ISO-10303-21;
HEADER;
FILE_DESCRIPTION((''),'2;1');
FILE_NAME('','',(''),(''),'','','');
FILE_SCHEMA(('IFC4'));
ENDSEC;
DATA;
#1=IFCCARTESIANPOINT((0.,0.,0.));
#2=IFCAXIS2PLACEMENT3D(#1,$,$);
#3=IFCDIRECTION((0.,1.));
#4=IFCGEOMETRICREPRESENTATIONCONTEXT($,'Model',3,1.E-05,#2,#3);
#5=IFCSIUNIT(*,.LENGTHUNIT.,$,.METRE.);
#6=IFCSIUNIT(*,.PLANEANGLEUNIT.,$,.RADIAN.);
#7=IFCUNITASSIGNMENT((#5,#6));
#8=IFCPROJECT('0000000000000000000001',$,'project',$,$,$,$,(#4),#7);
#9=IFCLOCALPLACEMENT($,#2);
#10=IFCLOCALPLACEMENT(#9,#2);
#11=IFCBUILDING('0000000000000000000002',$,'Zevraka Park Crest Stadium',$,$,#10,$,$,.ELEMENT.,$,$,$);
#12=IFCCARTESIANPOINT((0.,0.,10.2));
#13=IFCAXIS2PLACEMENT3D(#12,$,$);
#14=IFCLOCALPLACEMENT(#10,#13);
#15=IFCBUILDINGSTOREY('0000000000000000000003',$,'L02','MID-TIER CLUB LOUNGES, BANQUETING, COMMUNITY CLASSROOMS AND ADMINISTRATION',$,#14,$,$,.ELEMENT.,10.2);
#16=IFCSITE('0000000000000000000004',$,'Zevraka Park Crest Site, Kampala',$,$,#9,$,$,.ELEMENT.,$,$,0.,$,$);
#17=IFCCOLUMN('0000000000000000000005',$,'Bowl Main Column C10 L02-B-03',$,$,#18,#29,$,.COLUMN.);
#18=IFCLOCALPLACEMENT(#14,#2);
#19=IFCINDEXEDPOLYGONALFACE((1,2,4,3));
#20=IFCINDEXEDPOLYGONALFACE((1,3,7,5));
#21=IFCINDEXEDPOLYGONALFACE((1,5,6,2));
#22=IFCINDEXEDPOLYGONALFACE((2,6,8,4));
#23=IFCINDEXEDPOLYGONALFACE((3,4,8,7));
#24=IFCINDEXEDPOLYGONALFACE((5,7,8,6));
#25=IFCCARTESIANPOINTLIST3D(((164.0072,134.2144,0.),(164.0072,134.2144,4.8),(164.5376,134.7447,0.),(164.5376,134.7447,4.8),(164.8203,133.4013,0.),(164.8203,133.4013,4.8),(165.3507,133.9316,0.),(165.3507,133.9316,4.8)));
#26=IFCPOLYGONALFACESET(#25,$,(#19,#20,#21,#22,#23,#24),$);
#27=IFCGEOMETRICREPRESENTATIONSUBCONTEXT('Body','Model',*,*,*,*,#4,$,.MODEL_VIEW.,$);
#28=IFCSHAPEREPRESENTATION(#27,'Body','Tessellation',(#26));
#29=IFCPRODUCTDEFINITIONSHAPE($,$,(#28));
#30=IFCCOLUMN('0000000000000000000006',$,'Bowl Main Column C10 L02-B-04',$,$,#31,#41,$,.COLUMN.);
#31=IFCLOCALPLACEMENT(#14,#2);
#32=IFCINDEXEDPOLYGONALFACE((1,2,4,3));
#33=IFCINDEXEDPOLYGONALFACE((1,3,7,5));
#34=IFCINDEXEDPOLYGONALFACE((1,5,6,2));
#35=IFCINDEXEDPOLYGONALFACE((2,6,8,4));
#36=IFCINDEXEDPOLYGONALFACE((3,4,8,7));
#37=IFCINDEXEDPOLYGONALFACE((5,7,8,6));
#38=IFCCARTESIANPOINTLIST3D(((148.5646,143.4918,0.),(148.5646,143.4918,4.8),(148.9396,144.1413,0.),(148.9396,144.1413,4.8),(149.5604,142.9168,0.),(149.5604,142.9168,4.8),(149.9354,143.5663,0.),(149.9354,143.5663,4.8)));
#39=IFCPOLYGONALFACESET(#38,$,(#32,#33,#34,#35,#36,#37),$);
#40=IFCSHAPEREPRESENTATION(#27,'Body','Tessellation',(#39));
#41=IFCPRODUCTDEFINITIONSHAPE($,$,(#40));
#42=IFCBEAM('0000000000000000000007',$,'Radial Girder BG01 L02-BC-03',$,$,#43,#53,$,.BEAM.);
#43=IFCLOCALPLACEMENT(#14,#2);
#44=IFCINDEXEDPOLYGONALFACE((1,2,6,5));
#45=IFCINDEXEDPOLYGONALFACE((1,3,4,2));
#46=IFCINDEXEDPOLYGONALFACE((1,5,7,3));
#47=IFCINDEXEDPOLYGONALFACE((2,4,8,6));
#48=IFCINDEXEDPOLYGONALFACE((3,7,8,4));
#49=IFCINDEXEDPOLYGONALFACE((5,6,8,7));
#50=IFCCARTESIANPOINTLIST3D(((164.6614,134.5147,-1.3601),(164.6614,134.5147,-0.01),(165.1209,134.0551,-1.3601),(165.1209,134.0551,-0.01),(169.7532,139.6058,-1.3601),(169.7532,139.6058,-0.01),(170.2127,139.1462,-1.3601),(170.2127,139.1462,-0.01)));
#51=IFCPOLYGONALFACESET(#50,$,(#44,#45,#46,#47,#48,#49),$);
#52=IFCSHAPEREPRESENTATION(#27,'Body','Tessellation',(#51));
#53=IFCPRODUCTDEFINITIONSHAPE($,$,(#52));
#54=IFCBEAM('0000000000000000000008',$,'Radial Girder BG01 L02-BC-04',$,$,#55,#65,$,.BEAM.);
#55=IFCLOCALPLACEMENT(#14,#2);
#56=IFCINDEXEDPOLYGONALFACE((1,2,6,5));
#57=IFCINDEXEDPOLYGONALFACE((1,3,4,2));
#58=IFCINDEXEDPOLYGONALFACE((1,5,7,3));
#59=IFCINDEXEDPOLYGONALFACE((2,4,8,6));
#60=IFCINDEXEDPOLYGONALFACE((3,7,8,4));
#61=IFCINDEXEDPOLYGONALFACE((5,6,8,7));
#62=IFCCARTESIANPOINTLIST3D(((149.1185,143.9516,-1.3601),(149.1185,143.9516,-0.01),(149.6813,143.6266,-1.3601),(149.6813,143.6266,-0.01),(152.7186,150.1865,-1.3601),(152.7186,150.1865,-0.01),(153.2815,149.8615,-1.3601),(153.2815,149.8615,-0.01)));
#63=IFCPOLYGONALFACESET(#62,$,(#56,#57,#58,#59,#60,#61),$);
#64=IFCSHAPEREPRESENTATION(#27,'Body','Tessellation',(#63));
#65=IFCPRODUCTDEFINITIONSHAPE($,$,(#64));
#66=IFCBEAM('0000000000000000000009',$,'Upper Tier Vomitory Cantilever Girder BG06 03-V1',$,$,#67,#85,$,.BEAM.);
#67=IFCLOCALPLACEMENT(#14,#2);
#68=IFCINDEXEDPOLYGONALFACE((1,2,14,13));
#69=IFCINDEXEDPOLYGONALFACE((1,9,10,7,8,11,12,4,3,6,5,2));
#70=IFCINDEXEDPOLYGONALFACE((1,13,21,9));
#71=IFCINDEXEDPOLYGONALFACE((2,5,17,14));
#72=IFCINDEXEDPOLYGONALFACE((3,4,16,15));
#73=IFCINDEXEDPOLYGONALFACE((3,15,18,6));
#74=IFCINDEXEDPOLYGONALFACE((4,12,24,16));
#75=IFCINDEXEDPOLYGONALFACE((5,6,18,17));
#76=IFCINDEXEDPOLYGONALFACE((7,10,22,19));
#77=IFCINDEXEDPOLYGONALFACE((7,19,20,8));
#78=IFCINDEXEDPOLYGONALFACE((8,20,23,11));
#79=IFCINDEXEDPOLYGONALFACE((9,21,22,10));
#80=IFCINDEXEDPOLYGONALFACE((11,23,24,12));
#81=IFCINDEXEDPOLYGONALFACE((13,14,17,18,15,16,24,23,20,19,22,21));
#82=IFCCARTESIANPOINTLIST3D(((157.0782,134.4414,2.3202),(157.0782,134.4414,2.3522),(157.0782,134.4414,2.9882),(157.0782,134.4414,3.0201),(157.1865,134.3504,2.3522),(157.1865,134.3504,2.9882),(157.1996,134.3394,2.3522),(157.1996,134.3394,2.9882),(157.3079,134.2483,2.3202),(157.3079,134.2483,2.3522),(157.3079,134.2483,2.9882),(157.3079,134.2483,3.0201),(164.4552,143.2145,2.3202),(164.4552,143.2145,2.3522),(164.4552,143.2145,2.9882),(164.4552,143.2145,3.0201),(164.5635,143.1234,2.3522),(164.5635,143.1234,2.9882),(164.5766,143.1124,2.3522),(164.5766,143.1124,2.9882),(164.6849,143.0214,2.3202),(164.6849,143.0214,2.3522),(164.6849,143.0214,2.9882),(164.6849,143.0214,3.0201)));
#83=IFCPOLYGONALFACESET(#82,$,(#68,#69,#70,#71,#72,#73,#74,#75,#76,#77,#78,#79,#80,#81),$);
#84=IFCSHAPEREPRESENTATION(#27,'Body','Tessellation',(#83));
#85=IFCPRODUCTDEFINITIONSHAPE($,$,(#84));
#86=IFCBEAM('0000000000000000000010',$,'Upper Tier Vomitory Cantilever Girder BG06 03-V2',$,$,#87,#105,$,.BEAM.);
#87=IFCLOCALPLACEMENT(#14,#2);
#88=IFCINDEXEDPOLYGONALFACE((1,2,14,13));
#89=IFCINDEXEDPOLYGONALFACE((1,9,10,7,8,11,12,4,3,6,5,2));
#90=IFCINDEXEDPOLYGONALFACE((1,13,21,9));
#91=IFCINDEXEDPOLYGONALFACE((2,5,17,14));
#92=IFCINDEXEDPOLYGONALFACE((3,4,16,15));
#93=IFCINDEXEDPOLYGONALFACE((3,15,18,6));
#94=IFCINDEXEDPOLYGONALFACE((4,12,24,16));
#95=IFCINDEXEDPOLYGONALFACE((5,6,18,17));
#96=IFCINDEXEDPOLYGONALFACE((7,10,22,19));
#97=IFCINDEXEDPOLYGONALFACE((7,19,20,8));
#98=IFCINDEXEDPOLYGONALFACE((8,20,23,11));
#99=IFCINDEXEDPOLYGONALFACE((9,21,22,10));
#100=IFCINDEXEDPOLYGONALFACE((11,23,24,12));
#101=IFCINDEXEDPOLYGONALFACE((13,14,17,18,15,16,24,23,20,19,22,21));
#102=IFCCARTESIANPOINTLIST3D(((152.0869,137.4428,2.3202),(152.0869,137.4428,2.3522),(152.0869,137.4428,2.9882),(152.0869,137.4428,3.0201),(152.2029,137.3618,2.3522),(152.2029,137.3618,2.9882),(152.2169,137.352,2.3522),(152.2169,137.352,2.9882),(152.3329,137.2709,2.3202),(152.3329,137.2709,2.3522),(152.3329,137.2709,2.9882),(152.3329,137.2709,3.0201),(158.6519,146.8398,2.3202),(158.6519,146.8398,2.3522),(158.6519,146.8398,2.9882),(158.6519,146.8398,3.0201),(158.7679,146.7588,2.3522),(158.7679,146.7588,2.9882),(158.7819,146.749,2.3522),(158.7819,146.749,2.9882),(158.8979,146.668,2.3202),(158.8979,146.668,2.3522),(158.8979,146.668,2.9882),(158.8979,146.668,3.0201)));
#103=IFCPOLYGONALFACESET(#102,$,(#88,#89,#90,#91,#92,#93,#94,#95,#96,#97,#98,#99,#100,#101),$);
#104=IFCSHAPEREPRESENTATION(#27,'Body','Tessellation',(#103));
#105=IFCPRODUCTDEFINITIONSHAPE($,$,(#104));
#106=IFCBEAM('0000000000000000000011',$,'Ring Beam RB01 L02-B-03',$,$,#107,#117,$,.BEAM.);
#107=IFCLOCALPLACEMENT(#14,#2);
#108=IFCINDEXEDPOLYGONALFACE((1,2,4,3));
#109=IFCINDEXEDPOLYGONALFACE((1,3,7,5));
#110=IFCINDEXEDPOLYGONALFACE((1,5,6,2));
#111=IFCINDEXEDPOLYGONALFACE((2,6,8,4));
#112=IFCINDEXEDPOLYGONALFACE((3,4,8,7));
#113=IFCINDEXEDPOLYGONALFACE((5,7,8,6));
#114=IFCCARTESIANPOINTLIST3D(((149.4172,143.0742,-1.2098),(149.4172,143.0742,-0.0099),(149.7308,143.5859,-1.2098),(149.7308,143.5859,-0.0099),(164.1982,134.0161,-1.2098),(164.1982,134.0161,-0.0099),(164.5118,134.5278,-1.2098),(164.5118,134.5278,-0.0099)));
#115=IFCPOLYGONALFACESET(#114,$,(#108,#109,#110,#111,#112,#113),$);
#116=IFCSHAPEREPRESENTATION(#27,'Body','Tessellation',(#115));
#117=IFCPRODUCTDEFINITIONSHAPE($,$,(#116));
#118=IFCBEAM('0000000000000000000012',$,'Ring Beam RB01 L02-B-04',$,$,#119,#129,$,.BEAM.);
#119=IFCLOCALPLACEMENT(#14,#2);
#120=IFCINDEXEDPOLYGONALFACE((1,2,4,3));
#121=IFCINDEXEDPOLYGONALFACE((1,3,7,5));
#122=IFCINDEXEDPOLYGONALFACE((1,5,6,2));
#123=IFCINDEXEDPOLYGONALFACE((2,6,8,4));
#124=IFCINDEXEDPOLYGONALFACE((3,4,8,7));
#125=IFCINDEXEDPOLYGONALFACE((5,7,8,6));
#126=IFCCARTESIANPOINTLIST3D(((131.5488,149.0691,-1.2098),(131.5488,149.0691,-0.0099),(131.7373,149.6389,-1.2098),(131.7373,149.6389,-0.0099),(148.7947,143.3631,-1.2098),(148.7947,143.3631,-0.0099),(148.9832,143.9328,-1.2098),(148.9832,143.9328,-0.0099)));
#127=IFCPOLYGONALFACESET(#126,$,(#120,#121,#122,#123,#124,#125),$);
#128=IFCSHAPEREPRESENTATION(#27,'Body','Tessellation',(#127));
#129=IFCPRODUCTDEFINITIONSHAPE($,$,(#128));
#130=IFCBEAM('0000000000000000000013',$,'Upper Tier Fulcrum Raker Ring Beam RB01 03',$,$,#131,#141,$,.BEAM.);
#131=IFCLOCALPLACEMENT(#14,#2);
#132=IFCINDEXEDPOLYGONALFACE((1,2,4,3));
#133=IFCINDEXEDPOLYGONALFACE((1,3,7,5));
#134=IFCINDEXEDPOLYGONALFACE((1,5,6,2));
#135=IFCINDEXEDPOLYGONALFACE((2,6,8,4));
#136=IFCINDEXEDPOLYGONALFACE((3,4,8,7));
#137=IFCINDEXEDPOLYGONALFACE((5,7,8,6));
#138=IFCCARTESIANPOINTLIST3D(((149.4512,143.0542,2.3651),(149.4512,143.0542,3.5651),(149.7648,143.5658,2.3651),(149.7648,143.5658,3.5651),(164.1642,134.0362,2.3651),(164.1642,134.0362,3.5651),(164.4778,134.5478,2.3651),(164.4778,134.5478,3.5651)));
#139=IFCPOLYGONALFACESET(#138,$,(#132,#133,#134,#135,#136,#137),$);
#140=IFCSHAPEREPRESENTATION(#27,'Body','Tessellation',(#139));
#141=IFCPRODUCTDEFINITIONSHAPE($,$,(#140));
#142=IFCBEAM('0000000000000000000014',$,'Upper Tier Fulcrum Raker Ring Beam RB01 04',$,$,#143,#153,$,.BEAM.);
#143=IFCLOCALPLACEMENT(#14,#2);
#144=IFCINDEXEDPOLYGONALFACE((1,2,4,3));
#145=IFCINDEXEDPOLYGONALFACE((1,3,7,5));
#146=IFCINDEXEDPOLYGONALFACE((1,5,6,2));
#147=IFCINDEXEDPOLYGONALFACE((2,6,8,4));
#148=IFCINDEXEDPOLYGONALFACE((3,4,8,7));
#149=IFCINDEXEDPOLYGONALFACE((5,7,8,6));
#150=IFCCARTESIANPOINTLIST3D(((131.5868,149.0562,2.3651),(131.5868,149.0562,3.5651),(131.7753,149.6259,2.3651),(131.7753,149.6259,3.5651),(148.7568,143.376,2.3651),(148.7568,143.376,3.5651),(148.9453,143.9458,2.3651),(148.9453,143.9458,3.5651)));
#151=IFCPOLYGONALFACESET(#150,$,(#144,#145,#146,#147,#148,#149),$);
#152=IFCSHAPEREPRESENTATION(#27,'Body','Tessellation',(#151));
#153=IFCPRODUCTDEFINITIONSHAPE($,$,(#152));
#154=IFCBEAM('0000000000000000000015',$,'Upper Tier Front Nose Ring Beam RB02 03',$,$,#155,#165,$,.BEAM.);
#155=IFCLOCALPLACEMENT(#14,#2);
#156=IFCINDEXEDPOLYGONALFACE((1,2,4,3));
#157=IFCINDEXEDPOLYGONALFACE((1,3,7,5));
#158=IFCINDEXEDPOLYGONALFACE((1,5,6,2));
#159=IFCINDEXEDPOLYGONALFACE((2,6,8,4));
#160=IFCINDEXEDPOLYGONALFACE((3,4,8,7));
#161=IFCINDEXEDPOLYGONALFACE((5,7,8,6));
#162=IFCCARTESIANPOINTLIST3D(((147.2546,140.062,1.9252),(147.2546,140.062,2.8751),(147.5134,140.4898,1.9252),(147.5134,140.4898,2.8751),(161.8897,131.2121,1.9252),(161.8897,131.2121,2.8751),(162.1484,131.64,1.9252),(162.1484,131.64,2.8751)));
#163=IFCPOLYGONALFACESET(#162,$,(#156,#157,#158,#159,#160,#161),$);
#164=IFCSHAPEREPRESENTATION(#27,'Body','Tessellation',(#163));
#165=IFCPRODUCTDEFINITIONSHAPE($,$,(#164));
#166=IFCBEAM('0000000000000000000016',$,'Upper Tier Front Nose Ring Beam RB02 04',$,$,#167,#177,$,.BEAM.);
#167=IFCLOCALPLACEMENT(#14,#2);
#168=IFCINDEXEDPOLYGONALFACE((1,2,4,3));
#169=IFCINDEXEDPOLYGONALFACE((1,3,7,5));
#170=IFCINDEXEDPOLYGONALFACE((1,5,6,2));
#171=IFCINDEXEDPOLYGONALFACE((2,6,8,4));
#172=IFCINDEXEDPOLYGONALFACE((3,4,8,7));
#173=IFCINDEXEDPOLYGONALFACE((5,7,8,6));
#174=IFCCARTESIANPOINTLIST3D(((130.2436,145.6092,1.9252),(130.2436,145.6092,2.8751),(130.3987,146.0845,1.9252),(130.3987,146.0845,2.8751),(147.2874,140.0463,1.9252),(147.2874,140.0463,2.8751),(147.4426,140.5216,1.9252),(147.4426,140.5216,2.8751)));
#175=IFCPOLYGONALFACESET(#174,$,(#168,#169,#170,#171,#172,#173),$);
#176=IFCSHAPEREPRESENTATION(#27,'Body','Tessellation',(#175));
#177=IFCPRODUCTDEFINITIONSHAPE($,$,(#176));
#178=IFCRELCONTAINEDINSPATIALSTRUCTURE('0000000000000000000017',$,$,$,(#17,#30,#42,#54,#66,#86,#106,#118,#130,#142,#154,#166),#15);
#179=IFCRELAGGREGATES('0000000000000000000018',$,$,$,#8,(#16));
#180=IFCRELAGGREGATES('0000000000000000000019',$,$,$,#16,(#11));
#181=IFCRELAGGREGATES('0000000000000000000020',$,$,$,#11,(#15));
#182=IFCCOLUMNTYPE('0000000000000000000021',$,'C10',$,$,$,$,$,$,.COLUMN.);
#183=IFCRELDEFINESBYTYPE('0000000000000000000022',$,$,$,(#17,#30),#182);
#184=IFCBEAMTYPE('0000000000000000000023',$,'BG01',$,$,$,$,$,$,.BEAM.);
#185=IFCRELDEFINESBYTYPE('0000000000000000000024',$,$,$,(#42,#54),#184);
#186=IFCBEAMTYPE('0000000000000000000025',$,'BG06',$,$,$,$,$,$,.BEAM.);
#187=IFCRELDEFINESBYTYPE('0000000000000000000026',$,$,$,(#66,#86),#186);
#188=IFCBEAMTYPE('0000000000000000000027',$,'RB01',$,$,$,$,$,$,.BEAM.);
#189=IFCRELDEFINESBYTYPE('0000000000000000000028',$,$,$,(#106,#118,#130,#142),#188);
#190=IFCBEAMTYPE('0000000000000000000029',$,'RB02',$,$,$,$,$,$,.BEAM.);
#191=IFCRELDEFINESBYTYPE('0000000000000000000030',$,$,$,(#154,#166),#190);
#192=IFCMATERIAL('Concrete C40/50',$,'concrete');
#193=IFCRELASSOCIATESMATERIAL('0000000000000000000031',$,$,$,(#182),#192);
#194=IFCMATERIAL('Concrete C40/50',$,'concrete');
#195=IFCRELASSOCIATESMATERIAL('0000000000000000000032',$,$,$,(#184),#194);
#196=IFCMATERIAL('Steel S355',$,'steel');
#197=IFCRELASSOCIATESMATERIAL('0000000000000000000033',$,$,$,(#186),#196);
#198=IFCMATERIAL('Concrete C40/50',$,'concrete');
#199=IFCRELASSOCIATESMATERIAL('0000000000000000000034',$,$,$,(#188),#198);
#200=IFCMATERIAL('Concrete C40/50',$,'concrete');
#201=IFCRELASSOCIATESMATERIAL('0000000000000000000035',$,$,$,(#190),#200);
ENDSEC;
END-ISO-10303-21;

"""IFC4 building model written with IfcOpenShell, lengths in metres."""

from ifc_helpers import new_model, si_unit, direction, frame, origin, origin_2d, place, context, subcontext, project, spatial, rectangle, i_section, extrude, material, material_profile, profile_set, type_object, element, save


model = new_model("IFC4")

# Units and contexts
model_context = context("Model", 3, precision=1e-05, world=origin(), true_north=direction((0.0, 1.0)))
body_context = subcontext(model_context, "Body", "Model", "MODEL_VIEW")
ifc_project = project(units=[si_unit("LENGTHUNIT", "METRE"), si_unit("PLANEANGLEUNIT", "RADIAN")], contexts=[model_context])

# Site, building, storey
site_placement = place(None, origin())
site = spatial("IfcSite", under=ifc_project, at=site_placement, Name="Zevraka Park Crest Site, Kampala", CompositionType="ELEMENT", RefElevation=0.0)
building_placement = place(site_placement, origin())
building = spatial("IfcBuilding", under=site, at=building_placement, Name="Zevraka Park Crest Stadium", CompositionType="ELEMENT")
storey_placement = place(building_placement, frame((0.0, 0.0, 10.2)))
storey = spatial("IfcBuildingStorey", under=building, at=storey_placement, Name="L02", Description="MID-TIER CLUB LOUNGES, BANQUETING, COMMUNITY CLASSROOMS AND ADMINISTRATION", CompositionType="ELEMENT", Elevation=10.2)

# Columns
ifc_material_1 = material(Name="Concrete C40/50", Category="concrete")
ifc_material_profile_1 = material_profile(ifc_material_1, rectangle(XDim=0.75, YDim=1.1499, at=origin_2d()), Name="RC 1150x750")
ifc_profile_set_1 = profile_set([ifc_material_profile_1], Name="Concrete C40/50")
column_type = type_object("IfcColumnType", Name="C10", PredefinedType="COLUMN", material=ifc_profile_set_1)
for number, where, z_axis, x_axis, name in (
    (1, (164.679, 134.073, 0.0), (0.0, 0.0, 1.0), (0.707107, 0.707107, 0.0), "Bowl Main Column C10 L02-B-03"),
    (2, (149.25, 143.5291, 0.0), (0.0, 0.0, 1.0), (0.5, 0.866025, 0.0), "Bowl Main Column C10 L02-B-04"),
):
    element("IfcColumn", number, at=place(storey_placement, frame(where, z_axis=z_axis, x_axis=x_axis)), inside=storey, type_object=column_type, Name=name, PredefinedType="COLUMN", context=body_context, shape_type="SweptSolid", body=[
        extrude(rectangle(XDim=0.75, YDim=1.1499, at=origin_2d()), origin(), (0.0, 0.0, 1.0), 4.8),
    ])

# Beams
ifc_material_2 = material(Name="Concrete C40/50", Category="concrete")
ifc_material_profile_2 = material_profile(ifc_material_2, rectangle(XDim=0.6499, YDim=1.3501, at=origin_2d()), Name="RC 1350x650")
ifc_profile_set_2 = profile_set([ifc_material_profile_2], Name="Concrete C40/50")
beam_type_1 = type_object("IfcBeamType", Name="BG01", PredefinedType="BEAM", material=ifc_profile_set_2)
beam_1_placement = place(storey_placement, frame((164.8911, 134.2849, -0.6851), z_axis=(0.707158, 0.707056, 0.0), x_axis=(-0.707056, 0.707158, 0.0)))
element("IfcBeam", 3, at=beam_1_placement, inside=storey, type_object=beam_type_1, Name="Radial Girder BG01 L02-BC-03", PredefinedType="BEAM", context=body_context, shape_type="SweptSolid", body=[
    extrude(rectangle(XDim=0.6499, YDim=1.3501, at=origin_2d()), origin(), (0.0, 0.0, 1.0), 7.2004),
])
beam_2_placement = place(storey_placement, frame((149.3999, 143.7891, -0.6851), z_axis=(0.500041, 0.866001, 0.0), x_axis=(-0.866001, 0.500041, 0.0)))
element("IfcBeam", 4, at=beam_2_placement, inside=storey, type_object=beam_type_1, Name="Radial Girder BG01 L02-BC-04", PredefinedType="BEAM", context=body_context, shape_type="SweptSolid", body=[
    extrude(rectangle(XDim=0.6499, YDim=1.3501, at=origin_2d()), origin(), (0.0, 0.0, 1.0), 7.1997),
])
ifc_material_3 = material(Name="Steel S355", Category="steel")
ifc_material_profile_3 = material_profile(ifc_material_3, i_section(OverallWidth=0.3, OverallDepth=0.7, WebThickness=0.0171, FlangeThickness=0.032, at=origin_2d()), Name="HEB 700")
ifc_profile_set_3 = profile_set([ifc_material_profile_3], Name="Steel S355")
beam_type_2 = type_object("IfcBeamType", Name="BG06", PredefinedType="BEAM", material=ifc_profile_set_3)
beam_3_placement = place(storey_placement, frame((164.5701, 143.1179, 2.6702), z_axis=(-0.643585, -0.765375, 0.0), x_axis=(0.765375, -0.643585, 0.0)))
element("IfcBeam", 5, at=beam_3_placement, inside=storey, type_object=beam_type_2, Name="Upper Tier Vomitory Cantilever Girder BG06 03-V1", PredefinedType="BEAM", context=body_context, shape_type="SweptSolid", body=[
    extrude(i_section(OverallWidth=0.3, OverallDepth=0.7, WebThickness=0.0171, FlangeThickness=0.032, at=origin_2d()), origin(), (0.0, 0.0, 1.0), 11.4624),
])
beam_4_placement = place(storey_placement, frame((158.7749, 146.7539, 2.6702), z_axis=(-0.572705, -0.819762, 0.0), x_axis=(0.819762, -0.572705, 0.0)))
element("IfcBeam", 6, at=beam_4_placement, inside=storey, type_object=beam_type_2, Name="Upper Tier Vomitory Cantilever Girder BG06 03-V2", PredefinedType="BEAM", context=body_context, shape_type="SweptSolid", body=[
    extrude(i_section(OverallWidth=0.3, OverallDepth=0.7, WebThickness=0.0171, FlangeThickness=0.032, at=origin_2d()), origin(), (0.0, 0.0, 1.0), 11.4631),
])
ifc_material_4 = material(Name="Concrete C40/50", Category="concrete")
ifc_material_profile_4 = material_profile(ifc_material_4, rectangle(XDim=0.6001, YDim=1.2, at=origin_2d()), Name="RC 1200x600")
ifc_profile_set_4 = profile_set([ifc_material_profile_4], Name="Concrete C40/50")
beam_type_3 = type_object("IfcBeamType", Name="RB01", PredefinedType="BEAM", material=ifc_profile_set_4)
beam_5_placement = place(storey_placement, frame((164.355, 134.272, -0.6099), z_axis=(-0.852633, 0.522511, 0.0), x_axis=(-0.522511, -0.852633, 0.0)))
element("IfcBeam", 7, at=beam_5_placement, inside=storey, type_object=beam_type_3, Name="Ring Beam RB01 L02-B-03", PredefinedType="BEAM", context=body_context, shape_type="SweptSolid", body=[
    extrude(rectangle(XDim=0.6001, YDim=1.2, at=origin_2d()), origin(), (0.0, 0.0, 1.0), 17.3357),
])
beam_6_placement = place(storey_placement, frame((148.8889, 143.6479, -0.6099), z_axis=(-0.949384, 0.314118, 0.0), x_axis=(-0.314118, -0.949384, 0.0)))
element("IfcBeam", 8, at=beam_6_placement, inside=storey, type_object=beam_type_3, Name="Ring Beam RB01 L02-B-04", PredefinedType="BEAM", context=body_context, shape_type="SweptSolid", body=[
    extrude(rectangle(XDim=0.6001, YDim=1.2, at=origin_2d()), origin(), (0.0, 0.0, 1.0), 18.1653),
])
beam_7_placement = place(storey_placement, frame((164.321, 134.292, 2.9651), z_axis=(-0.852593, 0.522576, 0.0), x_axis=(-0.522576, -0.852593, 0.0)))
element("IfcBeam", 9, at=beam_7_placement, inside=storey, type_object=beam_type_3, Name="Upper Tier Fulcrum Raker Ring Beam RB01 03", PredefinedType="BEAM", context=body_context, shape_type="SweptSolid", body=[
    extrude(rectangle(XDim=0.6001, YDim=1.2, at=origin_2d()), origin(), (0.0, 0.0, 1.0), 17.2568),
])
beam_8_placement = place(storey_placement, frame((148.8511, 143.6609, 2.9651), z_axis=(-0.949398, 0.314077, 0.0), x_axis=(-0.314077, -0.949398, 0.0)))
element("IfcBeam", 10, at=beam_8_placement, inside=storey, type_object=beam_type_3, Name="Upper Tier Fulcrum Raker Ring Beam RB01 04", PredefinedType="BEAM", context=body_context, shape_type="SweptSolid", body=[
    extrude(rectangle(XDim=0.6001, YDim=1.2, at=origin_2d()), origin(), (0.0, 0.0, 1.0), 18.0852),
])
ifc_material_5 = material(Name="Concrete C40/50", Category="concrete")
ifc_material_profile_5 = material_profile(ifc_material_5, rectangle(XDim=0.5, YDim=0.95, at=origin_2d()), Name="RC 950x500")
ifc_profile_set_5 = profile_set([ifc_material_profile_5], Name="Concrete C40/50")
beam_type_4 = type_object("IfcBeamType", Name="RB02", PredefinedType="BEAM", material=ifc_profile_set_5)
beam_9_placement = place(storey_placement, frame((162.019, 131.426, 2.4001), z_axis=(-0.855712, 0.517453, 0.0), x_axis=(-0.517453, -0.855712, 0.0)))
element("IfcBeam", 11, at=beam_9_placement, inside=storey, type_object=beam_type_4, Name="Upper Tier Front Nose Ring Beam RB02 03", PredefinedType="BEAM", context=body_context, shape_type="SweptSolid", body=[
    extrude(rectangle(XDim=0.5, YDim=0.95, at=origin_2d()), origin(), (0.0, 0.0, 1.0), 17.1028),
])
beam_10_placement = place(storey_placement, frame((147.365, 140.2839, 2.4001), z_axis=(-0.950645, 0.310282, 0.0), x_axis=(-0.310282, -0.950645, 0.0)))
element("IfcBeam", 12, at=beam_10_placement, inside=storey, type_object=beam_type_4, Name="Upper Tier Front Nose Ring Beam RB02 04", PredefinedType="BEAM", context=body_context, shape_type="SweptSolid", body=[
    extrude(rectangle(XDim=0.5, YDim=0.95, at=origin_2d()), origin(), (0.0, 0.0, 1.0), 17.9287),
])

save(model, "model.ifc")
